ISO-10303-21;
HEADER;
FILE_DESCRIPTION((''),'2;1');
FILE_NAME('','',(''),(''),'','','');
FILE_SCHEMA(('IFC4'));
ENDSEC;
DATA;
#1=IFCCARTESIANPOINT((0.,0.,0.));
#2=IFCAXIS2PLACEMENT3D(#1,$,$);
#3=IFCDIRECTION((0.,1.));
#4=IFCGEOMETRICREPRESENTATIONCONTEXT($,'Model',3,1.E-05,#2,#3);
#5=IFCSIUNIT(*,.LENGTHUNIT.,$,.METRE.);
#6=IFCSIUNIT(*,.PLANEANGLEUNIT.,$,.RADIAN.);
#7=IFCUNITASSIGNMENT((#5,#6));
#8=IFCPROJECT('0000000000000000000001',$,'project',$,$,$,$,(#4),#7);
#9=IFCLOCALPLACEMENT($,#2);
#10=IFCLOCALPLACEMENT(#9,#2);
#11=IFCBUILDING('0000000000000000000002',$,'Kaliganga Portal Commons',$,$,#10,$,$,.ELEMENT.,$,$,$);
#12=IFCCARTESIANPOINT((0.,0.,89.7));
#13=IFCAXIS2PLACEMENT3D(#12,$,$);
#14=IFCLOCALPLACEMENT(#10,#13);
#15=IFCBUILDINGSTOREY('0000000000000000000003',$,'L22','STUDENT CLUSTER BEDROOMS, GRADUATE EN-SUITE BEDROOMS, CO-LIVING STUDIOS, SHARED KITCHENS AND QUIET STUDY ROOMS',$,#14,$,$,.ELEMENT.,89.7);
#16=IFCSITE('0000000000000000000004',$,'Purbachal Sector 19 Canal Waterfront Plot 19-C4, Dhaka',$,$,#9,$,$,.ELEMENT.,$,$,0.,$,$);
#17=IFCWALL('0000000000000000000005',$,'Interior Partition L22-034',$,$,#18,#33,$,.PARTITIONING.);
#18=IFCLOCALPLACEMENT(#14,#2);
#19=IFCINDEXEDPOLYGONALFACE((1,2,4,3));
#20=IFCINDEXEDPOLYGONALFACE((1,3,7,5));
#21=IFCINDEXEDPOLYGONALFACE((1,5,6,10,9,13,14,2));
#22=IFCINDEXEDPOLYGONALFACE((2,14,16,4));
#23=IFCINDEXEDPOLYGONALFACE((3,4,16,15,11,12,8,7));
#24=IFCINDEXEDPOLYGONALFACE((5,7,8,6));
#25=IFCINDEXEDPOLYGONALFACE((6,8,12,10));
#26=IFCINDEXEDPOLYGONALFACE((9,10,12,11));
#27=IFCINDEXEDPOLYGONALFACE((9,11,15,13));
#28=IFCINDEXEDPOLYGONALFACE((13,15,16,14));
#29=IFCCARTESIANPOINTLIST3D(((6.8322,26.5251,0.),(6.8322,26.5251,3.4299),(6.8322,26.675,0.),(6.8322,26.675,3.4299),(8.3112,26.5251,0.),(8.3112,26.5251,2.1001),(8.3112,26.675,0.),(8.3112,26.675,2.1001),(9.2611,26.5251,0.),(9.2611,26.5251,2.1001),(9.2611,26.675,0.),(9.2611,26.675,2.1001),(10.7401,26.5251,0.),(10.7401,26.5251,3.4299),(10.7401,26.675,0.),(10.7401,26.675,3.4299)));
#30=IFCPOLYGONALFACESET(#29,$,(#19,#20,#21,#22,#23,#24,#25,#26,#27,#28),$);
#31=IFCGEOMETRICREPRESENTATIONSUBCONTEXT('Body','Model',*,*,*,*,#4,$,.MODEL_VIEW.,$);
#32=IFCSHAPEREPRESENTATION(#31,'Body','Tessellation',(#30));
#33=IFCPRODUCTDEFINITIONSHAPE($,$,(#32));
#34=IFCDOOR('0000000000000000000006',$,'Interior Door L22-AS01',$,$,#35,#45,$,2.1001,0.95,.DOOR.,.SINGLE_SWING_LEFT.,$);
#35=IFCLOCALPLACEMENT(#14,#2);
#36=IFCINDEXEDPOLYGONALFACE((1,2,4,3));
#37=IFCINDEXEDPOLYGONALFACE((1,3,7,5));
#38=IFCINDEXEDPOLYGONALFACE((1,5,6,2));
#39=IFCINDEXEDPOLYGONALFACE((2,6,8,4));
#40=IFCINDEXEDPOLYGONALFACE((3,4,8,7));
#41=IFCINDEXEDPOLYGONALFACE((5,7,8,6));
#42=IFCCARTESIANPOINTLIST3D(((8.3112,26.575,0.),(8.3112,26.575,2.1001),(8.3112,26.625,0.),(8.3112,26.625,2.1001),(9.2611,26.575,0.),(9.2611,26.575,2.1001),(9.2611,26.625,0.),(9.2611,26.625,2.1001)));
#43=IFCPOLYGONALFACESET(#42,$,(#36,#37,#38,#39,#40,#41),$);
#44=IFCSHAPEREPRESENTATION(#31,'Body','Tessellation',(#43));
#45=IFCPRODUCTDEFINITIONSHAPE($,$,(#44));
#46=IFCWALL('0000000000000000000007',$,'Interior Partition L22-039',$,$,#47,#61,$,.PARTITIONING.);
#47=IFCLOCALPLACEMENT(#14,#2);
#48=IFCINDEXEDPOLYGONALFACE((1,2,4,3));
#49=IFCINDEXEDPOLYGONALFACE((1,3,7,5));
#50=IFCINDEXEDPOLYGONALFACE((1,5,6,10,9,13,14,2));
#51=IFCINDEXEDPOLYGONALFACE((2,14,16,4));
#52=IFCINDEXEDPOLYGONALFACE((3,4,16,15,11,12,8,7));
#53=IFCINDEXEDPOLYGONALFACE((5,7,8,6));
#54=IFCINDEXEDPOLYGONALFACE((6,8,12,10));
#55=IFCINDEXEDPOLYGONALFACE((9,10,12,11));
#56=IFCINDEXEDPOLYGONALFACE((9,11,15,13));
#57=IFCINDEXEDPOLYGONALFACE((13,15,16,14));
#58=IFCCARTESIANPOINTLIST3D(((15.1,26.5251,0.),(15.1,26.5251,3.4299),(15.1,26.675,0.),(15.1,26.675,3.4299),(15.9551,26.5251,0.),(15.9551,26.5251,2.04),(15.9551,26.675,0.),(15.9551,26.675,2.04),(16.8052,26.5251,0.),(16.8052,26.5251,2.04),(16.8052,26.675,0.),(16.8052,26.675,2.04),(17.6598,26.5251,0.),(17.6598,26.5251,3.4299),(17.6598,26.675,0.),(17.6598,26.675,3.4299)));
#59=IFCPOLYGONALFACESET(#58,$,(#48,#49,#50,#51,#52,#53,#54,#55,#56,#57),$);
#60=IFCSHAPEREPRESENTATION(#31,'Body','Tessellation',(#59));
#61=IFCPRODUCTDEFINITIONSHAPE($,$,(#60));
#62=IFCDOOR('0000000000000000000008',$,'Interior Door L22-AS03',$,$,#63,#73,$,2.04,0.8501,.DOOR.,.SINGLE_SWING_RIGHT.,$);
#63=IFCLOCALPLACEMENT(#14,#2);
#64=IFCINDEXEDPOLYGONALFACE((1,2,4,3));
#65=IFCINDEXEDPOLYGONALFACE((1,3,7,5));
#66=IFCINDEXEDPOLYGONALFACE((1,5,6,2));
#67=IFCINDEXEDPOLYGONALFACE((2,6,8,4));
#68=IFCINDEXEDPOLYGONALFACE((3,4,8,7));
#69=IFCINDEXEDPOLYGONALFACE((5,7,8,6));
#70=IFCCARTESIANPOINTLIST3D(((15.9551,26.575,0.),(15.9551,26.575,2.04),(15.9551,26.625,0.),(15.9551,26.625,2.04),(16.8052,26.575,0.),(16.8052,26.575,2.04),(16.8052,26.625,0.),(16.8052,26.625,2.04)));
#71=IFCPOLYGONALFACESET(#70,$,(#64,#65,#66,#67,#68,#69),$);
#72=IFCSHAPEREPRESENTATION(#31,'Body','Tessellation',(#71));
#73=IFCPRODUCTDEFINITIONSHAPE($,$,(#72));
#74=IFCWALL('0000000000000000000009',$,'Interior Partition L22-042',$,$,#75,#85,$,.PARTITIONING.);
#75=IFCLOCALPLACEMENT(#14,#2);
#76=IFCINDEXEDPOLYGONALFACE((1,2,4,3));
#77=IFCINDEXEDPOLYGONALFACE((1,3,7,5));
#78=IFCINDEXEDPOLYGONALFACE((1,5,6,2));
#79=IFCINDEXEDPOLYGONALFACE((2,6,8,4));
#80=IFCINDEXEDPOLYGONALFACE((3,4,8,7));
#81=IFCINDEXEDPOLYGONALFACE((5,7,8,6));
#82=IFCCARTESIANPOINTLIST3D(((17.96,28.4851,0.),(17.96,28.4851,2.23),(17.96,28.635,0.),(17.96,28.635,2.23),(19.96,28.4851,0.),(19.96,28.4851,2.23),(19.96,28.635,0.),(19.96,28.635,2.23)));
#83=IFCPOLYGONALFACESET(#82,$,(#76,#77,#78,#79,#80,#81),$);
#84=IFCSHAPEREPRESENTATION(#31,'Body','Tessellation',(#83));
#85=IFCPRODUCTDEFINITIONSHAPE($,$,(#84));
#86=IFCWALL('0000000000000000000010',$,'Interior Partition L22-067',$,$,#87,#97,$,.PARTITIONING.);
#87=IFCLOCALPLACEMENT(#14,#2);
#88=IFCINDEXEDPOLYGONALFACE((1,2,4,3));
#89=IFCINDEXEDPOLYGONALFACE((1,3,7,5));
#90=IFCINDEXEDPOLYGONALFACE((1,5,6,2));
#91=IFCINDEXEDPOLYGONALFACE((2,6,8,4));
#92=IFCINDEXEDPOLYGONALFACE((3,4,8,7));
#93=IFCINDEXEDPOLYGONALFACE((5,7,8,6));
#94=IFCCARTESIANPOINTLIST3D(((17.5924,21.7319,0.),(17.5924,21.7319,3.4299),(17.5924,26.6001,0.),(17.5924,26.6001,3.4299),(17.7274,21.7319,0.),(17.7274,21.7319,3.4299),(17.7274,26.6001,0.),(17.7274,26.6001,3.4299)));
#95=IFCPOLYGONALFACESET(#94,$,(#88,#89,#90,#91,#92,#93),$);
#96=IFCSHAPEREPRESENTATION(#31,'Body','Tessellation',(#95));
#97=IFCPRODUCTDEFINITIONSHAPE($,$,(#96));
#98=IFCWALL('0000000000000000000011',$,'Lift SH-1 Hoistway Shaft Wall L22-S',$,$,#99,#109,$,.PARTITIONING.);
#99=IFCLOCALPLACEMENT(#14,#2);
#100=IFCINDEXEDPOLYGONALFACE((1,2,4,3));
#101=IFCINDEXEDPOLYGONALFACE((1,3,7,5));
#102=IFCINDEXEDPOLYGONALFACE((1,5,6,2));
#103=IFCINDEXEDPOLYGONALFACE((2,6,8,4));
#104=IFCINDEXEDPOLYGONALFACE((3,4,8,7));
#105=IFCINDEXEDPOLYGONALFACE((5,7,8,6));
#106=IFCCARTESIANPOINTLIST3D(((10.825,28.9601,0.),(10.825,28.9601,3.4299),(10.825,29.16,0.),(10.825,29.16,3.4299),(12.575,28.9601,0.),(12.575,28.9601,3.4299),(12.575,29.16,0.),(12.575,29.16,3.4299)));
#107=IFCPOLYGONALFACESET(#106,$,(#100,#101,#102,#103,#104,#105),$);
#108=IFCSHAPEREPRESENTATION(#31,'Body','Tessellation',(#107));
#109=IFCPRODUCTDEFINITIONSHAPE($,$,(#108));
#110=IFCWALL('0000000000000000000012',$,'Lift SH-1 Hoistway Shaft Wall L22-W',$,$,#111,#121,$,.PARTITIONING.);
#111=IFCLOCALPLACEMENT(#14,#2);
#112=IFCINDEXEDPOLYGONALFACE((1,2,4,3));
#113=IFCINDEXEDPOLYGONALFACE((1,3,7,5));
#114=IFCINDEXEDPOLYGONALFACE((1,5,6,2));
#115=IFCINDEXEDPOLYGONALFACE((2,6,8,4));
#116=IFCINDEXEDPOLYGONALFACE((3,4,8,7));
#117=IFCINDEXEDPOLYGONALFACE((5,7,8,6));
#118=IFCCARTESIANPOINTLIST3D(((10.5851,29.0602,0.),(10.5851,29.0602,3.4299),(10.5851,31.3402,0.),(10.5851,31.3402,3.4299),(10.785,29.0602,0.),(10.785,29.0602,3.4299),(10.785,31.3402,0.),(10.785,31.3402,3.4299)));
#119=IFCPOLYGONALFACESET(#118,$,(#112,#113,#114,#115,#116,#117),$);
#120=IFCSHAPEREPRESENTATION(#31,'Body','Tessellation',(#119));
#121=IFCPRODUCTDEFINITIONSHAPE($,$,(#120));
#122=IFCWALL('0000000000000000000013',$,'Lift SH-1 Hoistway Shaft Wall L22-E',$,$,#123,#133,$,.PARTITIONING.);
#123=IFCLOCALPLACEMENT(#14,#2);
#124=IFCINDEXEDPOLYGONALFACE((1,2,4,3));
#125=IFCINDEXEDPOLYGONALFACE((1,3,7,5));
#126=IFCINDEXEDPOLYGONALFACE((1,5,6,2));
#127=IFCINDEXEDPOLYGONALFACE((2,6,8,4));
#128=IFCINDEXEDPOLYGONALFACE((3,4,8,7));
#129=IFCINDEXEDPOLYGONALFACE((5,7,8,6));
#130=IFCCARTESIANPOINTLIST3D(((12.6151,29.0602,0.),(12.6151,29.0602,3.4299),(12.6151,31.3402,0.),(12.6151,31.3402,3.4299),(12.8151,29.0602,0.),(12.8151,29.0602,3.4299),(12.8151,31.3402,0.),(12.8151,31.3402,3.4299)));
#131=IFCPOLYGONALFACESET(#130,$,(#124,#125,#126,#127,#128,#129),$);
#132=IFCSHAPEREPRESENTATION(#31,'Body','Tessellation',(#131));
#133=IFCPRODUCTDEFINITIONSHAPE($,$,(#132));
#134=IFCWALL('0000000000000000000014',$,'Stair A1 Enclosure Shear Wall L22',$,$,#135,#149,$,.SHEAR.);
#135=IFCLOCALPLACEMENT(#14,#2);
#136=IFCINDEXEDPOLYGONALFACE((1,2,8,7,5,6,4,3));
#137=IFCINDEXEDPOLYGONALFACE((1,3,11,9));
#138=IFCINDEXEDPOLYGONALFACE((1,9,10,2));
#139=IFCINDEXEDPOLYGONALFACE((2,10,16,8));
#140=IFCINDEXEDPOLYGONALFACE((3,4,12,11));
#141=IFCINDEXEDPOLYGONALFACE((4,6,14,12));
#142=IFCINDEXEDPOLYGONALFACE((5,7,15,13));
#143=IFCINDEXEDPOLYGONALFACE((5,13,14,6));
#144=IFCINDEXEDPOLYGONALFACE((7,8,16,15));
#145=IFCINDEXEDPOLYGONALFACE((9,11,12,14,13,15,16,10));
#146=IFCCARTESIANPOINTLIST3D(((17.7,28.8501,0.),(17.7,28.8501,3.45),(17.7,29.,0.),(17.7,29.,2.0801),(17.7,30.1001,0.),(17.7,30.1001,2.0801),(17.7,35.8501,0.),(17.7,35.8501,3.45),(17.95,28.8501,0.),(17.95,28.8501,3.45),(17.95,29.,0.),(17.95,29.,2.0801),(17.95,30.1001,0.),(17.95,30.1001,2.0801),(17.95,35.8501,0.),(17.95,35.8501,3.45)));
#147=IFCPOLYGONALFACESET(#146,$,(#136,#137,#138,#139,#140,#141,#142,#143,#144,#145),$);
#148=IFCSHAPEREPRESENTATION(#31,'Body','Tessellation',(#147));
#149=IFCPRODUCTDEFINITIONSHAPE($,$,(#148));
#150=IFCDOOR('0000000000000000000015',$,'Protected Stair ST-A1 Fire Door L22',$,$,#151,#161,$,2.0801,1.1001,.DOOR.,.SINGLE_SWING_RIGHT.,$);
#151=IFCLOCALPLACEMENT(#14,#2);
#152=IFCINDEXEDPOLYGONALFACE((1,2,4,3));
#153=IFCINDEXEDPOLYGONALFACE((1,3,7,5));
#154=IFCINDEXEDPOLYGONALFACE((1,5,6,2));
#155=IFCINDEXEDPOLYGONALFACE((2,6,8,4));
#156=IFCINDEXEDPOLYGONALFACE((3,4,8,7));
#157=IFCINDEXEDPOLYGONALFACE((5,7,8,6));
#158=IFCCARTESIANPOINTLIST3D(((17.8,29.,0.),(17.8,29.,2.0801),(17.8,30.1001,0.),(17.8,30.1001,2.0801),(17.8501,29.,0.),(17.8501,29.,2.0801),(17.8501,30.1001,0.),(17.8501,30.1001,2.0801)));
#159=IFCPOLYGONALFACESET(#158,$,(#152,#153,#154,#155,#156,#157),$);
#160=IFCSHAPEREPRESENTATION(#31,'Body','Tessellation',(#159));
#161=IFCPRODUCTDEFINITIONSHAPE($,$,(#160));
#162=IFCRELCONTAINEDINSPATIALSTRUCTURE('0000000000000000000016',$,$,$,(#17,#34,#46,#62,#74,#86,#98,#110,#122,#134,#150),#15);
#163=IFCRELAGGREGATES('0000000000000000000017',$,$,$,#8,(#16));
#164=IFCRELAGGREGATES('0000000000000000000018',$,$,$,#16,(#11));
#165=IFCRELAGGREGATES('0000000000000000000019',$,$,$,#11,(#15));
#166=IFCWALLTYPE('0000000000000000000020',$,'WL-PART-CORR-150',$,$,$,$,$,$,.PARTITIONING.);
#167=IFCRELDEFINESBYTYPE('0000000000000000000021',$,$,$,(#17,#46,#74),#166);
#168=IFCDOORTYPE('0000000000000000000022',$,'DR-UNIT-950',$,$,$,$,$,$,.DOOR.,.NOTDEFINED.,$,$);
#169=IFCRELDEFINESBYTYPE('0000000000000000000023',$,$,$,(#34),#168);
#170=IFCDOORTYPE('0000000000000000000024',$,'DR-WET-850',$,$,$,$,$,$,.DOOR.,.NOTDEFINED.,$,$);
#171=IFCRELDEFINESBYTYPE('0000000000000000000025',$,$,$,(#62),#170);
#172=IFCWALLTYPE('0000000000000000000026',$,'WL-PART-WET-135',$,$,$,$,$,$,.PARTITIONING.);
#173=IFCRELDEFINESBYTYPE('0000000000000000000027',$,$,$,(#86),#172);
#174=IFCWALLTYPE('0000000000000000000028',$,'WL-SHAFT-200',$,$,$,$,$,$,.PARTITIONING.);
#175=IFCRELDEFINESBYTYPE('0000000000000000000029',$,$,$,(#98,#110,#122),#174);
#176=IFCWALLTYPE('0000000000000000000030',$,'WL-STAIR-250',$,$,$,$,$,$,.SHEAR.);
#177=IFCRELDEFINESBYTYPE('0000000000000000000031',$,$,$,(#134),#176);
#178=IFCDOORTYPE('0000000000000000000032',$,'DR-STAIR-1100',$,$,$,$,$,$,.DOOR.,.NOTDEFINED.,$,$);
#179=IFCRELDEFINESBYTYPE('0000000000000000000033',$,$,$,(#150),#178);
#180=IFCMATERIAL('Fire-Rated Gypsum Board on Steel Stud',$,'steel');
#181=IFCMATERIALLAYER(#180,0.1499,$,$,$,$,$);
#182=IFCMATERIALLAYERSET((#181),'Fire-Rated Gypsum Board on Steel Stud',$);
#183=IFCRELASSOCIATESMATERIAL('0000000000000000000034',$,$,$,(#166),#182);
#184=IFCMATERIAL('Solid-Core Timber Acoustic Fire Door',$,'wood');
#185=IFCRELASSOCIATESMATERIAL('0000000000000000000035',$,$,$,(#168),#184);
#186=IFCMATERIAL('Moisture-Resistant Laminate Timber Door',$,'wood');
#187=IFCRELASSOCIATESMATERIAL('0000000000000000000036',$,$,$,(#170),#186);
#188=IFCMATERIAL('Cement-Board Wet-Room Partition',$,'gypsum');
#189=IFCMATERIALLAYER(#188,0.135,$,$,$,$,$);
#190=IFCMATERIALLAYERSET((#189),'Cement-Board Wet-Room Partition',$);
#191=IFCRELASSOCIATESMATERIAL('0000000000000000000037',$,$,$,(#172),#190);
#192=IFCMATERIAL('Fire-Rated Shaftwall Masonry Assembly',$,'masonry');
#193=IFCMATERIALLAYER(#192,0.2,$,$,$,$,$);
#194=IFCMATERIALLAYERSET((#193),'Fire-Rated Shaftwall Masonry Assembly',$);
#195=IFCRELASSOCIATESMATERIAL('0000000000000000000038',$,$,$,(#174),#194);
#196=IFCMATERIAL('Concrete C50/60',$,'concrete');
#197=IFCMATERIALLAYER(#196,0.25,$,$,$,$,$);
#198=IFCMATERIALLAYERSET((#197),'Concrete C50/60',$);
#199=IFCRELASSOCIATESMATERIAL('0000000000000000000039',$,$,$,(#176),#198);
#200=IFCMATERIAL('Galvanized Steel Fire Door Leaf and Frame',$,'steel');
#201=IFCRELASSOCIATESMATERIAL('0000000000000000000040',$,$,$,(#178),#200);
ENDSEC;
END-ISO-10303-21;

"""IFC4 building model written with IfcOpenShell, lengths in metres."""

from ifc_helpers import new_model, si_unit, direction, frame, frame_2d, origin, place, context, subcontext, project, spatial, rectangle, extrude, material, layer, layer_set, type_object, element, fill, save


model = new_model("IFC4")

# Units and contexts
model_context = context("Model", 3, precision=1e-05, world=origin(), true_north=direction((0.0, 1.0)))
body_context = subcontext(model_context, "Body", "Model", "MODEL_VIEW")
ifc_project = project(units=[si_unit("LENGTHUNIT", "METRE"), si_unit("PLANEANGLEUNIT", "RADIAN")], contexts=[model_context])

# Site, building, storey
site_placement = place(None, origin())
site = spatial("IfcSite", under=ifc_project, at=site_placement, Name="Purbachal Sector 19 Canal Waterfront Plot 19-C4, Dhaka", CompositionType="ELEMENT", RefElevation=0.0)
building_placement = place(site_placement, origin())
building = spatial("IfcBuilding", under=site, at=building_placement, Name="Kaliganga Portal Commons", CompositionType="ELEMENT")
storey_placement = place(building_placement, frame((0.0, 0.0, 89.7)))
storey = spatial("IfcBuildingStorey", under=building, at=storey_placement, Name="L22", Description="STUDENT CLUSTER BEDROOMS, GRADUATE EN-SUITE BEDROOMS, CO-LIVING STUDIOS, SHARED KITCHENS AND QUIET STUDY ROOMS", CompositionType="ELEMENT", Elevation=89.7)

# Walls, openings, doors
ifc_material_1 = material(Name="Fire-Rated Gypsum Board on Steel Stud", Category="steel")
ifc_layer_1 = layer(ifc_material_1, 0.1499)
ifc_layer_set_1 = layer_set([ifc_layer_1], Name="Fire-Rated Gypsum Board on Steel Stud")
wall_type_1 = type_object("IfcWallType", Name="WL-PART-CORR-150", PredefinedType="PARTITIONING", material=ifc_layer_set_1)
ifc_material_2 = material(Name="Solid-Core Timber Acoustic Fire Door", Category="wood")
door_type_1 = type_object("IfcDoorType", Name="DR-UNIT-950", OperationType="NOTDEFINED", PredefinedType="DOOR", material=ifc_material_2)
wall_1_placement = place(storey_placement, frame((6.832, 26.6001, 0.0), z_axis=(0.0, 0.0, 1.0), x_axis=(1.0, 0.0, 0.0)))
wall_1 = element("IfcWall", 1, at=wall_1_placement, inside=storey, type_object=wall_type_1, Name="Interior Partition L22-034", PredefinedType="PARTITIONING", context=body_context, shape_type="SweptSolid", body=[
    extrude(rectangle(XDim=3.908, YDim=0.1499, at=frame_2d((1.9541, 0.0))), origin(), (0.0, 0.0, 1.0), 3.4299),
])
opening_1_placement = place(wall_1_placement, frame((1.479, 0.0, 0.0)))
opening_1 = element("IfcOpeningElement", 2, at=opening_1_placement, cuts=wall_1, PredefinedType="OPENING", context=body_context, shape_type="SweptSolid", body=[
    extrude(rectangle(XDim=0.95, YDim=2.1001, at=frame_2d((0.4751, 1.05))), frame((0.0, 0.085, 0.0), z_axis=(0.0, -1.0, 0.0), x_axis=(1.0, 0.0, 0.0)), (0.0, 0.0, 1.0), 0.1699),
])
door_1_placement = place(opening_1_placement, origin())
door_1 = element("IfcDoor", 3, at=door_1_placement, inside=storey, type_object=door_type_1, Name="Interior Door L22-AS01", OperationType="SINGLE_SWING_LEFT", OverallHeight=2.1001, OverallWidth=0.95, PredefinedType="DOOR", context=body_context, shape_type="SweptSolid", body=[
    extrude(rectangle(XDim=0.95, YDim=2.1001, at=frame_2d((0.4751, 1.05))), frame((0.0, 0.0249, 0.0), z_axis=(0.0, -1.0, 0.0), x_axis=(1.0, 0.0, 0.0)), (0.0, 0.0, 1.0), 0.05),
])
fill(opening_1, door_1)
wall_2_placement = place(storey_placement, frame((15.1001, 26.6001, 0.0), z_axis=(0.0, 0.0, 1.0), x_axis=(1.0, 0.0, 0.0)))
wall_2 = element("IfcWall", 4, at=wall_2_placement, inside=storey, type_object=wall_type_1, Name="Interior Partition L22-039", PredefinedType="PARTITIONING", context=body_context, shape_type="SweptSolid", body=[
    extrude(rectangle(XDim=2.5598, YDim=0.1499, at=frame_2d((1.2798, 0.0))), origin(), (0.0, 0.0, 1.0), 3.4299),
])
opening_2_placement = place(wall_2_placement, frame((0.855, 0.0, 0.0)))
opening_2 = element("IfcOpeningElement", 5, at=opening_2_placement, cuts=wall_2, PredefinedType="OPENING", context=body_context, shape_type="SweptSolid", body=[
    extrude(rectangle(XDim=0.8501, YDim=2.04, at=frame_2d((0.425, 1.02))), frame((0.0, 0.085, 0.0), z_axis=(0.0, -1.0, 0.0), x_axis=(1.0, 0.0, 0.0)), (0.0, 0.0, 1.0), 0.1699),
])
ifc_material_3 = material(Name="Moisture-Resistant Laminate Timber Door", Category="wood")
door_type_2 = type_object("IfcDoorType", Name="DR-WET-850", OperationType="NOTDEFINED", PredefinedType="DOOR", material=ifc_material_3)
door_2_placement = place(opening_2_placement, origin())
door_2 = element("IfcDoor", 6, at=door_2_placement, inside=storey, type_object=door_type_2, Name="Interior Door L22-AS03", OperationType="SINGLE_SWING_RIGHT", OverallHeight=2.04, OverallWidth=0.8501, PredefinedType="DOOR", context=body_context, shape_type="SweptSolid", body=[
    extrude(rectangle(XDim=0.8501, YDim=2.04, at=frame_2d((0.425, 1.02))), frame((0.0, 0.0249, 0.0), z_axis=(0.0, -1.0, 0.0), x_axis=(1.0, 0.0, 0.0)), (0.0, 0.0, 1.0), 0.05),
])
fill(opening_2, door_2)

# Walls
wall_3_placement = place(storey_placement, frame((17.96, 28.5601, 0.0), z_axis=(0.0, 0.0, 1.0), x_axis=(1.0, 0.0, 0.0)))
element("IfcWall", 7, at=wall_3_placement, inside=storey, type_object=wall_type_1, Name="Interior Partition L22-042", PredefinedType="PARTITIONING", context=body_context, shape_type="SweptSolid", body=[
    extrude(rectangle(XDim=2.0, YDim=0.1499, at=frame_2d((1.0, 0.0))), origin(), (0.0, 0.0, 1.0), 2.23),
])
ifc_material_4 = material(Name="Cement-Board Wet-Room Partition", Category="gypsum")
ifc_layer_2 = layer(ifc_material_4, 0.135)
ifc_layer_set_2 = layer_set([ifc_layer_2], Name="Cement-Board Wet-Room Partition")
wall_type_2 = type_object("IfcWallType", Name="WL-PART-WET-135", PredefinedType="PARTITIONING", material=ifc_layer_set_2)
wall_4_placement = place(storey_placement, frame((17.6599, 21.7319, 0.0), z_axis=(0.0, 0.0, 1.0), x_axis=(0.0, 1.0, 0.0)))
element("IfcWall", 8, at=wall_4_placement, inside=storey, type_object=wall_type_2, Name="Interior Partition L22-067", PredefinedType="PARTITIONING", context=body_context, shape_type="SweptSolid", body=[
    extrude(rectangle(XDim=4.8682, YDim=0.135, at=frame_2d((2.4341, 0.0))), origin(), (0.0, 0.0, 1.0), 3.4299),
])
ifc_material_5 = material(Name="Fire-Rated Shaftwall Masonry Assembly", Category="masonry")
ifc_layer_3 = layer(ifc_material_5, 0.2)
ifc_layer_set_3 = layer_set([ifc_layer_3], Name="Fire-Rated Shaftwall Masonry Assembly")
wall_type_3 = type_object("IfcWallType", Name="WL-SHAFT-200", PredefinedType="PARTITIONING", material=ifc_layer_set_3)
wall_5_placement = place(storey_placement, frame((10.825, 29.0601, 0.0), z_axis=(0.0, 0.0, 1.0), x_axis=(1.0, 0.0, 0.0)))
element("IfcWall", 9, at=wall_5_placement, inside=storey, type_object=wall_type_3, Name="Lift SH-1 Hoistway Shaft Wall L22-S", PredefinedType="PARTITIONING", context=body_context, shape_type="SweptSolid", body=[
    extrude(rectangle(XDim=1.75, YDim=0.2, at=frame_2d((0.875, 0.0))), origin(), (0.0, 0.0, 1.0), 3.4299),
])
for number, where, z_axis, x_axis, name in (
    (10, (10.6851, 29.0601, 0.0), (0.0, 0.0, 1.0), (0.0, 1.0, 0.0), "Lift SH-1 Hoistway Shaft Wall L22-W"),
    (11, (12.7151, 29.0601, 0.0), (0.0, 0.0, 1.0), (0.0, 1.0, 0.0), "Lift SH-1 Hoistway Shaft Wall L22-E"),
):
    element("IfcWall", number, at=place(storey_placement, frame(where, z_axis=z_axis, x_axis=x_axis)), inside=storey, type_object=wall_type_3, Name=name, PredefinedType="PARTITIONING", context=body_context, shape_type="SweptSolid", body=[
        extrude(rectangle(XDim=2.28, YDim=0.2, at=frame_2d((1.1401, 0.0))), origin(), (0.0, 0.0, 1.0), 3.4299),
    ])

# Wall, opening, door
ifc_material_6 = material(Name="Concrete C50/60", Category="concrete")
ifc_layer_4 = layer(ifc_material_6, 0.25)
ifc_layer_set_4 = layer_set([ifc_layer_4], Name="Concrete C50/60")
wall_type_4 = type_object("IfcWallType", Name="WL-STAIR-250", PredefinedType="SHEAR", material=ifc_layer_set_4)
wall_6_placement = place(storey_placement, frame((17.825, 28.8501, 0.0), z_axis=(0.0, 0.0, 1.0), x_axis=(0.0, 1.0, 0.0)))
wall_6 = element("IfcWall", 12, at=wall_6_placement, inside=storey, type_object=wall_type_4, Name="Stair A1 Enclosure Shear Wall L22", PredefinedType="SHEAR", context=body_context, shape_type="SweptSolid", body=[
    extrude(rectangle(XDim=7.0, YDim=0.25, at=frame_2d((3.5, 0.0))), origin(), (0.0, 0.0, 1.0), 3.45),
])
opening_3_placement = place(wall_6_placement, frame((0.1499, 0.0, 0.0)))
opening_3 = element("IfcOpeningElement", 13, at=opening_3_placement, cuts=wall_6, PredefinedType="OPENING", context=body_context, shape_type="SweptSolid", body=[
    extrude(rectangle(XDim=1.1001, YDim=2.0801, at=frame_2d((0.55, 1.04))), frame((0.0, 0.135, 0.0), z_axis=(0.0, -1.0, 0.0), x_axis=(1.0, 0.0, 0.0)), (0.0, 0.0, 1.0), 0.27),
])
ifc_material_7 = material(Name="Galvanized Steel Fire Door Leaf and Frame", Category="steel")
door_type_3 = type_object("IfcDoorType", Name="DR-STAIR-1100", OperationType="NOTDEFINED", PredefinedType="DOOR", material=ifc_material_7)
door_3_placement = place(opening_3_placement, origin())
door_3 = element("IfcDoor", 14, at=door_3_placement, inside=storey, type_object=door_type_3, Name="Protected Stair ST-A1 Fire Door L22", OperationType="SINGLE_SWING_RIGHT", OverallHeight=2.0801, OverallWidth=1.1001, PredefinedType="DOOR", context=body_context, shape_type="SweptSolid", body=[
    extrude(rectangle(XDim=1.1001, YDim=2.0801, at=frame_2d((0.55, 1.04))), frame((0.0, 0.0249, 0.0), z_axis=(0.0, -1.0, 0.0), x_axis=(1.0, 0.0, 0.0)), (0.0, 0.0, 1.0), 0.05),
])
fill(opening_3, door_3)

save(model, "model.ifc")
